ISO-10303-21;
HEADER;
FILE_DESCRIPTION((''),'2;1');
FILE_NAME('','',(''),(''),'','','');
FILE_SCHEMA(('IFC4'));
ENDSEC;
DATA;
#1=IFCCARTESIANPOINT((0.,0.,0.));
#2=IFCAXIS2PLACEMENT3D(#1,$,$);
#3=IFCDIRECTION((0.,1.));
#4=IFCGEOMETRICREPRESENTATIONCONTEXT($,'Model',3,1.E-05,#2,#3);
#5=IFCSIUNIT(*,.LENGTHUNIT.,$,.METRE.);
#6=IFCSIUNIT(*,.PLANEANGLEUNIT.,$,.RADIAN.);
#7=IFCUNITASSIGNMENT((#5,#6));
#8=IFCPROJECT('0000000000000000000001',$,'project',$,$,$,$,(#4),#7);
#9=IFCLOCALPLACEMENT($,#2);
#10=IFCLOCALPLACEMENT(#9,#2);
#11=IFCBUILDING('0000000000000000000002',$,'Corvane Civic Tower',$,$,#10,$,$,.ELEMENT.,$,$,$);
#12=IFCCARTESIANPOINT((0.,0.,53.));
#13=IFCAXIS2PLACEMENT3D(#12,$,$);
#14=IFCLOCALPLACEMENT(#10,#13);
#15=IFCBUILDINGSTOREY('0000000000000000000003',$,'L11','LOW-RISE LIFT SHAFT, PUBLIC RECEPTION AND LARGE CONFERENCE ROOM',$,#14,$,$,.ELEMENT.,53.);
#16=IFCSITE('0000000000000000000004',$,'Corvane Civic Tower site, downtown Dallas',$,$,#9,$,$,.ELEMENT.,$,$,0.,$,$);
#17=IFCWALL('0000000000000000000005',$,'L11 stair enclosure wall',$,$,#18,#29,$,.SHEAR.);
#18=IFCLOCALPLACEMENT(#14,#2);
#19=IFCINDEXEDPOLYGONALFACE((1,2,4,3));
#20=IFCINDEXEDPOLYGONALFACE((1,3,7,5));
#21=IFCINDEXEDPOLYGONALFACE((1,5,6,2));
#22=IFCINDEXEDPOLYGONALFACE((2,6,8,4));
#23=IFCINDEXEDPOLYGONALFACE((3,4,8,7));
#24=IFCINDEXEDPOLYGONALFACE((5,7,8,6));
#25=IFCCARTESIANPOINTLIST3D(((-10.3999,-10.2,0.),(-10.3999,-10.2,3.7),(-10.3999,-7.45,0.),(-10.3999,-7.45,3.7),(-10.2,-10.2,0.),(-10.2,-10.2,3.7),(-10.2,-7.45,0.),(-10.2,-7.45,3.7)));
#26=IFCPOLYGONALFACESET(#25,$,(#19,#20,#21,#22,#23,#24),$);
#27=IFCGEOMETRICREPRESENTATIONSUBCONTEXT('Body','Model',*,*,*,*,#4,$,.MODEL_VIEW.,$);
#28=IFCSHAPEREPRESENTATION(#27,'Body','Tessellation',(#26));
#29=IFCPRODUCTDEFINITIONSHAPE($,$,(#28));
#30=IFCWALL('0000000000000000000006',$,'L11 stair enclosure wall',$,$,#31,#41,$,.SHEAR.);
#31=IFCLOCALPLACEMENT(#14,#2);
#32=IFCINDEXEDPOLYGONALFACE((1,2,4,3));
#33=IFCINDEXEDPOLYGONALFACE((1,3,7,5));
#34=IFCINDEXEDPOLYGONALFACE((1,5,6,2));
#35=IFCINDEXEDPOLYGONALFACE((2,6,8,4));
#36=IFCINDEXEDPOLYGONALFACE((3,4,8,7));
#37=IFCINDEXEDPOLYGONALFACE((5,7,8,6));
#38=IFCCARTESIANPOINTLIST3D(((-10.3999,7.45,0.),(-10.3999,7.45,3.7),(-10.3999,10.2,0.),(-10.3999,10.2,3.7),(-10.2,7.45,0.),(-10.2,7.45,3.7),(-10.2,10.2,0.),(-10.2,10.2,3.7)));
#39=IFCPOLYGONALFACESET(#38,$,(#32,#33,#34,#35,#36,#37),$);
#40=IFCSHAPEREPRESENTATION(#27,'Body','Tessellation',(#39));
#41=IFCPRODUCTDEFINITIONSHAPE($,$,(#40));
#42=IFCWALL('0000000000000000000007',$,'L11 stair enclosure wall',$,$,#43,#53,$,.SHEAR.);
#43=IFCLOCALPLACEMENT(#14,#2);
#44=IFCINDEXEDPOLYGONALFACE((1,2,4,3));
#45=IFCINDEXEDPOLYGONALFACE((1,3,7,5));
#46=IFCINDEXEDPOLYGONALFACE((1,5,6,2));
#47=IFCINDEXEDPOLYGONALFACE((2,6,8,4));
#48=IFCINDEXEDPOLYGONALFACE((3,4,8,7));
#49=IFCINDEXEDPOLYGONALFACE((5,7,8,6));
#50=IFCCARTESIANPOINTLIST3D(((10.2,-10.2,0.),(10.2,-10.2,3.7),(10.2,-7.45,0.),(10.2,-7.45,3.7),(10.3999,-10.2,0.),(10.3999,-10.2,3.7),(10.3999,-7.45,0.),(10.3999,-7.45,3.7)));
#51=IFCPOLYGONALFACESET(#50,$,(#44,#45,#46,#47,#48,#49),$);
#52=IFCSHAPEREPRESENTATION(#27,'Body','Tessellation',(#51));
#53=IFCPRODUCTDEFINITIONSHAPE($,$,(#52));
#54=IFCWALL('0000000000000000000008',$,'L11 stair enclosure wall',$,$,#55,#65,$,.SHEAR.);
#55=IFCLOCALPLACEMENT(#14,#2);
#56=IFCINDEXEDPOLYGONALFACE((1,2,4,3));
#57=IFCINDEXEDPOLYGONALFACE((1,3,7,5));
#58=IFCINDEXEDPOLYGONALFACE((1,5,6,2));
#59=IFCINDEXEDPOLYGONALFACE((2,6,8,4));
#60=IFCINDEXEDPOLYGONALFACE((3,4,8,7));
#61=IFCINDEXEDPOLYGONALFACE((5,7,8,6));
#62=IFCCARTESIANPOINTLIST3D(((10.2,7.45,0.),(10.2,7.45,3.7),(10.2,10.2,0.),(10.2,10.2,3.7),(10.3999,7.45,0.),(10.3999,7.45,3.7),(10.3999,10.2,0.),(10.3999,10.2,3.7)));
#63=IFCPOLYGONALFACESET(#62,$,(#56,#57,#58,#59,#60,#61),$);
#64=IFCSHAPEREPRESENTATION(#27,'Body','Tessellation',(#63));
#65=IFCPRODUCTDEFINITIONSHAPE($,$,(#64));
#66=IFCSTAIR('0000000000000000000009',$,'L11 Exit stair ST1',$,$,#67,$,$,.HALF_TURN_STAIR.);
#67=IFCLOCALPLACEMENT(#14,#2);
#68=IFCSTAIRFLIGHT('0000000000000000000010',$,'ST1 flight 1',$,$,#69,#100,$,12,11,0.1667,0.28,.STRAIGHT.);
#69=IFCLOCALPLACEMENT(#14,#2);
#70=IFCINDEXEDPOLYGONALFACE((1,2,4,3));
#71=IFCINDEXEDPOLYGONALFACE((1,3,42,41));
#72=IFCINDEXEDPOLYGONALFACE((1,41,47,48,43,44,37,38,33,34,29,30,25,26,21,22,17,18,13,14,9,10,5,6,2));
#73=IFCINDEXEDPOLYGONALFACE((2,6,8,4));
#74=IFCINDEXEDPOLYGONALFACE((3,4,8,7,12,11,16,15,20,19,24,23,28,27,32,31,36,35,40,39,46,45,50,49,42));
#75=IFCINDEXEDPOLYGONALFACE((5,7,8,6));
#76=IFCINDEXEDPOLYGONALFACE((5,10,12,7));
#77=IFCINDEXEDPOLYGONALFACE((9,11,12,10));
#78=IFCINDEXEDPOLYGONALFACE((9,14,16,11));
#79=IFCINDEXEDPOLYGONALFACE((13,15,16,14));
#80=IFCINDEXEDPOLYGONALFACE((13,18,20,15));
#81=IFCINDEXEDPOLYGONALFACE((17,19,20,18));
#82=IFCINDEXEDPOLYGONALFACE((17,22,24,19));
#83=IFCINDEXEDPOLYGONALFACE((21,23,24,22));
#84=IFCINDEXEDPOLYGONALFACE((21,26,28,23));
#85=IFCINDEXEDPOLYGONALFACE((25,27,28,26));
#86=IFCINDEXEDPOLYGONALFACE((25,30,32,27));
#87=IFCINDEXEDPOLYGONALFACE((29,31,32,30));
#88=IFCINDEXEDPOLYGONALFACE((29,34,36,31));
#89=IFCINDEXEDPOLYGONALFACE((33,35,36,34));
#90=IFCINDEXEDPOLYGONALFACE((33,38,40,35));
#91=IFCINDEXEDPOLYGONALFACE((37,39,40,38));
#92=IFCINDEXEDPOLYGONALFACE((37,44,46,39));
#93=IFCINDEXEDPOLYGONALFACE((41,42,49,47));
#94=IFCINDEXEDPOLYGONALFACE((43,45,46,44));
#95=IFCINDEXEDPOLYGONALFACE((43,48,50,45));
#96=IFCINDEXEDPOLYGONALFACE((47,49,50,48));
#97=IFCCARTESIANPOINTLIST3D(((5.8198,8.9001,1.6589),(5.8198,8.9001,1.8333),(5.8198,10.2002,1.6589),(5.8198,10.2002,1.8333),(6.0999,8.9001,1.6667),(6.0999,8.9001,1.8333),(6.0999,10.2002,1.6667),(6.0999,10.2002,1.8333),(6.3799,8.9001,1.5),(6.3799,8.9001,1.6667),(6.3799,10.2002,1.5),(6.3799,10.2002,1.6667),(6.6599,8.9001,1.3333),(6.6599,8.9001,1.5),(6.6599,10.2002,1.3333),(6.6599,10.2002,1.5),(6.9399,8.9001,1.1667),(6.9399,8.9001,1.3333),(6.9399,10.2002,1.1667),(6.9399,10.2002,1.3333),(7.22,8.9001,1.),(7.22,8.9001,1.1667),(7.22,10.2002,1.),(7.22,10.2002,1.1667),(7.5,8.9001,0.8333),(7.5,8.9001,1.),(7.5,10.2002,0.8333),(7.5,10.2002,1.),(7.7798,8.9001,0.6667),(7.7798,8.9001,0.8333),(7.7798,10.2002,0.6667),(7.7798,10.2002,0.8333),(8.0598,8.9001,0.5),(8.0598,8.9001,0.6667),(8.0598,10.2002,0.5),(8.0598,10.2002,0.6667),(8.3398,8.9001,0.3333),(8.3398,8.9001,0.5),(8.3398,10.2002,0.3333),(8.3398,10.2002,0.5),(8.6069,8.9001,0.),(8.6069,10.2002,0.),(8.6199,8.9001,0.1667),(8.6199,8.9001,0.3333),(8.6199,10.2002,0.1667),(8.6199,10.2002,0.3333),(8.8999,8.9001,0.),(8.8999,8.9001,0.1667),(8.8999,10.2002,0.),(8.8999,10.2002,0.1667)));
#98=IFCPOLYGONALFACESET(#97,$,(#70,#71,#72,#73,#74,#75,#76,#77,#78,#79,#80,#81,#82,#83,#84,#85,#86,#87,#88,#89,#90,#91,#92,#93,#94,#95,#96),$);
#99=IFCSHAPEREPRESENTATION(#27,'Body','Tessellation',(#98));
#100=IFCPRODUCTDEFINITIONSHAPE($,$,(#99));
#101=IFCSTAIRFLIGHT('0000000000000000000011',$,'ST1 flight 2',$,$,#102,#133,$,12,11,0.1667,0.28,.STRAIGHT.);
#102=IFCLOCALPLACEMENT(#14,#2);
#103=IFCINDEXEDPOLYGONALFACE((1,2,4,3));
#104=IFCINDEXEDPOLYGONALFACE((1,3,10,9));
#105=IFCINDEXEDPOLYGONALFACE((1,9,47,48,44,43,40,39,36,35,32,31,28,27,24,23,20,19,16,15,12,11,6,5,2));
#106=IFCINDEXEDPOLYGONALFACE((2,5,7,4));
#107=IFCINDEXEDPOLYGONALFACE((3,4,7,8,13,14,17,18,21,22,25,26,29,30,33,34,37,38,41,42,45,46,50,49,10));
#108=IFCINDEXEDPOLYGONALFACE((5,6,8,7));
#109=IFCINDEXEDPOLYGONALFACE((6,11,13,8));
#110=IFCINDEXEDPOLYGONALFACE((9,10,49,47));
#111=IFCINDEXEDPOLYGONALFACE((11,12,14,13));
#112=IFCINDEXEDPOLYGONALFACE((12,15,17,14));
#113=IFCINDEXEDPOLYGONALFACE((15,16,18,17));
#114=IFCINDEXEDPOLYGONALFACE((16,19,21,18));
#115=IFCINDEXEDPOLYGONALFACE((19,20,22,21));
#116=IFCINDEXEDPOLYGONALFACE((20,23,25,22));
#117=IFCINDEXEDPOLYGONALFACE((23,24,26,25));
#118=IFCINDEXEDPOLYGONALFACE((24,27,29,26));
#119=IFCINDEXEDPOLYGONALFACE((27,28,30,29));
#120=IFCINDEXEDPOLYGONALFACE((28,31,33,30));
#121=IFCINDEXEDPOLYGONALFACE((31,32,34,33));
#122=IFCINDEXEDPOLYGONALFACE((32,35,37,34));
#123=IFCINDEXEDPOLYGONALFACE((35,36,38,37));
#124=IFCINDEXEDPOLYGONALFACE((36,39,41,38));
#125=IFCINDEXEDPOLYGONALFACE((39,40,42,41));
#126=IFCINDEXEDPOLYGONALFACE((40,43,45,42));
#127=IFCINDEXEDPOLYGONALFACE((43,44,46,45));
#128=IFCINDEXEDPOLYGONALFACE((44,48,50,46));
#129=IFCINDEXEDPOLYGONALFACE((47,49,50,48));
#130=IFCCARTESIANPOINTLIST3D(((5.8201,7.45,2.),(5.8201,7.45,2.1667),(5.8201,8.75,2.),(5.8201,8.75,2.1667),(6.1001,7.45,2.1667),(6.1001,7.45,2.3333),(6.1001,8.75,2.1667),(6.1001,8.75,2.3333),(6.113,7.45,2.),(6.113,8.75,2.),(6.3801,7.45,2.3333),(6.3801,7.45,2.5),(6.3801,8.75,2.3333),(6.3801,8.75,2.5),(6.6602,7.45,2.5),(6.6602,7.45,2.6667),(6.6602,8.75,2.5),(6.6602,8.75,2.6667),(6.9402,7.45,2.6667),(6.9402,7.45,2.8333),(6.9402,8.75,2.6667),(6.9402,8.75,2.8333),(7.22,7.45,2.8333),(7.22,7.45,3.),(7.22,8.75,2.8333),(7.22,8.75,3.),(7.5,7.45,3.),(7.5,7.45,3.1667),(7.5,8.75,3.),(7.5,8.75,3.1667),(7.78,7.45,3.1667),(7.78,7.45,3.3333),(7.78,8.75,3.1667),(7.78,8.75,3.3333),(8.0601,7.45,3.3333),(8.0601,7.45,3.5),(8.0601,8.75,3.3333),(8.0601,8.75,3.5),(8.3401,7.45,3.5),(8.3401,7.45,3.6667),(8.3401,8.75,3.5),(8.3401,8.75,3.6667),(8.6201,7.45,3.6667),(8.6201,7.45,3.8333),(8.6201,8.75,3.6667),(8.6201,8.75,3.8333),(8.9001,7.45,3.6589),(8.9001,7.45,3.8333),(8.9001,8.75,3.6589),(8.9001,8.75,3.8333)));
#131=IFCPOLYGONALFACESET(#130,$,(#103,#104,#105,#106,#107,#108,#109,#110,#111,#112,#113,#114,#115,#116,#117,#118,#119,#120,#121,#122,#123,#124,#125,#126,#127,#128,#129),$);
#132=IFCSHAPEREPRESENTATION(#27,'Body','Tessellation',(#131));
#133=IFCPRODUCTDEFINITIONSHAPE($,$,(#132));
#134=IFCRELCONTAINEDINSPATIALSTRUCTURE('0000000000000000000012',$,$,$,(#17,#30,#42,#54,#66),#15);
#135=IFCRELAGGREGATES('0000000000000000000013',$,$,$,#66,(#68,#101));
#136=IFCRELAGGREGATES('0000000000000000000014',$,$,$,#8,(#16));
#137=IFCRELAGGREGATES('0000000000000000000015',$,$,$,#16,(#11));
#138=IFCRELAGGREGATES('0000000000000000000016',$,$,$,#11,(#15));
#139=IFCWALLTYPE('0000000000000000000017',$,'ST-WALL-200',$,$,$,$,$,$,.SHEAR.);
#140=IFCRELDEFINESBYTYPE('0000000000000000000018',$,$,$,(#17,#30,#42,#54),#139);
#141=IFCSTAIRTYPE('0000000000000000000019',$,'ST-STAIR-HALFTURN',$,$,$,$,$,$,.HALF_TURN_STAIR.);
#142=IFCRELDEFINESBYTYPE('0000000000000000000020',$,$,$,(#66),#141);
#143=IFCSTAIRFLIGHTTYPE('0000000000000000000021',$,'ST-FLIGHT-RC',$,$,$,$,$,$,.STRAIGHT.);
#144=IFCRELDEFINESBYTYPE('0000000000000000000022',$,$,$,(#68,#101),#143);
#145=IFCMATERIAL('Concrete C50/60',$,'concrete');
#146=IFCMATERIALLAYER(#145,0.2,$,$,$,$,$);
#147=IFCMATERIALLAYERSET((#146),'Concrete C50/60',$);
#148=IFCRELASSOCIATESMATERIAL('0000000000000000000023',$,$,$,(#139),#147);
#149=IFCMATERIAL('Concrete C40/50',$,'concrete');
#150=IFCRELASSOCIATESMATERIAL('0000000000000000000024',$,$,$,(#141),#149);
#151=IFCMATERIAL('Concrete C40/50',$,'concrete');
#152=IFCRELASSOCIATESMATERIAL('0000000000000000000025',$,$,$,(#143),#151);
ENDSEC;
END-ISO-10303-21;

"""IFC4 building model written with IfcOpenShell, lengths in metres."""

from ifc_helpers import new_model, si_unit, direction, frame, origin, place, context, subcontext, project, spatial, polyline, outline, extrude, material, layer, layer_set, type_object, element, aggregate, save


model = new_model("IFC4")

# Units and contexts
model_context = context("Model", 3, precision=1e-05, world=origin(), true_north=direction((0.0, 1.0)))
body_context = subcontext(model_context, "Body", "Model", "MODEL_VIEW")
ifc_project = project(units=[si_unit("LENGTHUNIT", "METRE"), si_unit("PLANEANGLEUNIT", "RADIAN")], contexts=[model_context])

# Site, building, storey
site_placement = place(None, origin())
site = spatial("IfcSite", under=ifc_project, at=site_placement, Name="Corvane Civic Tower site, downtown Dallas", CompositionType="ELEMENT", RefElevation=0.0)
building_placement = place(site_placement, origin())
building = spatial("IfcBuilding", under=site, at=building_placement, Name="Corvane Civic Tower", CompositionType="ELEMENT")
storey_placement = place(building_placement, frame((0.0, 0.0, 53.0)))
storey = spatial("IfcBuildingStorey", under=building, at=storey_placement, Name="L11", Description="LOW-RISE LIFT SHAFT, PUBLIC RECEPTION AND LARGE CONFERENCE ROOM", CompositionType="ELEMENT", Elevation=53.0)

# Shared definitions
ifc_material_1 = material(Name="Concrete C50/60", Category="concrete")
ifc_layer_1 = layer(ifc_material_1, 0.2)
ifc_layer_set_1 = layer_set([ifc_layer_1], Name="Concrete C50/60")
wall_type_1 = type_object("IfcWallType", Name="ST-WALL-200", PredefinedType="SHEAR", material=ifc_layer_set_1)

# Walls
wall_1_placement = place(storey_placement, origin())
element("IfcWall", 1, at=wall_1_placement, inside=storey, type_object=wall_type_1, Name="L11 stair enclosure wall", PredefinedType="SHEAR", context=body_context, shape_type="SweptSolid", body=[
    extrude(outline(polyline([(-10.2, -7.45), (-10.2, -10.2), (-10.3999, -10.2), (-10.3999, -7.45), (-10.2, -7.45)])), origin(), (0.0, 0.0, 1.0), 3.7),
])
wall_2_placement = place(storey_placement, origin())
element("IfcWall", 2, at=wall_2_placement, inside=storey, type_object=wall_type_1, Name="L11 stair enclosure wall", PredefinedType="SHEAR", context=body_context, shape_type="SweptSolid", body=[
    extrude(outline(polyline([(-10.2, 7.45), (-10.3999, 7.45), (-10.3999, 10.2), (-10.2, 10.2), (-10.2, 7.45)])), origin(), (0.0, 0.0, 1.0), 3.7),
])
wall_3_placement = place(storey_placement, origin())
element("IfcWall", 3, at=wall_3_placement, inside=storey, type_object=wall_type_1, Name="L11 stair enclosure wall", PredefinedType="SHEAR", context=body_context, shape_type="SweptSolid", body=[
    extrude(outline(polyline([(10.3999, -7.45), (10.3999, -10.2), (10.2, -10.2), (10.2, -7.45), (10.3999, -7.45)])), origin(), (0.0, 0.0, 1.0), 3.7),
])
wall_4_placement = place(storey_placement, origin())
element("IfcWall", 4, at=wall_4_placement, inside=storey, type_object=wall_type_1, Name="L11 stair enclosure wall", PredefinedType="SHEAR", context=body_context, shape_type="SweptSolid", body=[
    extrude(outline(polyline([(10.3999, 7.45), (10.2, 7.45), (10.2, 10.2), (10.3999, 10.2), (10.3999, 7.45)])), origin(), (0.0, 0.0, 1.0), 3.7),
])

# Stair, stair flights
ifc_material_2 = material(Name="Concrete C40/50", Category="concrete")
stair_type = type_object("IfcStairType", Name="ST-STAIR-HALFTURN", PredefinedType="HALF_TURN_STAIR", material=ifc_material_2)
stair_placement = place(storey_placement, origin())
stair = element("IfcStair", 5, at=stair_placement, inside=storey, type_object=stair_type, Name="L11 Exit stair ST1", PredefinedType="HALF_TURN_STAIR")
ifc_material_3 = material(Name="Concrete C40/50", Category="concrete")
stair_flight_type = type_object("IfcStairFlightType", Name="ST-FLIGHT-RC", PredefinedType="STRAIGHT", material=ifc_material_3)
stair_flight_1_placement = place(storey_placement, frame((8.8999, 9.55, 0.0), z_axis=(0.0, 0.0, 1.0), x_axis=(-1.0, 0.0, 0.0)))
stair_flight_1 = element("IfcStairFlight", 6, at=stair_flight_1_placement, type_object=stair_flight_type, Name="ST1 flight 1", NumberOfRisers=12, NumberOfTreads=11, PredefinedType="STRAIGHT", RiserHeight=0.1667, TreadLength=0.28, context=body_context, shape_type="SweptSolid", body=[
    extrude(outline(polyline([(0.0, 0.0), (0.0, 0.1667), (0.28, 0.1667), (0.28, 0.3333), (0.5601, 0.3333), (0.5601, 0.5), (0.8401, 0.5), (0.8401, 0.6667), (1.1201, 0.6667), (1.1201, 0.8333), (1.3999, 0.8333), (1.3999, 1.0), (1.6799, 1.0), (1.6799, 1.1667), (1.96, 1.1667), (1.96, 1.3333), (2.24, 1.3333), (2.24, 1.5), (2.52, 1.5), (2.52, 1.6667), (2.8, 1.6667), (2.8, 1.8333), (3.0801, 1.8333), (3.0801, 2.0), (3.0801, 1.6589), (0.293, 0.0), (0.0, 0.0)])), frame((0.0, 0.6499, 0.0), z_axis=(0.0, -1.0, 0.0), x_axis=(1.0, 0.0, 0.0)), (0.0, 0.0, 1.0), 1.3),
])
stair_flight_2_placement = place(storey_placement, frame((5.8201, 8.1001, 2.0), z_axis=(0.0, 0.0, 1.0), x_axis=(1.0, 0.0, 0.0)))
stair_flight_2 = element("IfcStairFlight", 7, at=stair_flight_2_placement, type_object=stair_flight_type, Name="ST1 flight 2", NumberOfRisers=12, NumberOfTreads=11, PredefinedType="STRAIGHT", RiserHeight=0.1667, TreadLength=0.28, context=body_context, shape_type="SweptSolid", body=[
    extrude(outline(polyline([(0.0, 0.0), (0.0, 0.1667), (0.28, 0.1667), (0.28, 0.3333), (0.5601, 0.3333), (0.5601, 0.5), (0.8401, 0.5), (0.8401, 0.6667), (1.1201, 0.6667), (1.1201, 0.8333), (1.3999, 0.8333), (1.3999, 1.0), (1.6799, 1.0), (1.6799, 1.1667), (1.96, 1.1667), (1.96, 1.3333), (2.24, 1.3333), (2.24, 1.5), (2.52, 1.5), (2.52, 1.6667), (2.8, 1.6667), (2.8, 1.8333), (3.0801, 1.8333), (3.0801, 2.0), (3.0801, 1.6589), (0.293, 0.0), (0.0, 0.0)])), frame((0.0, 0.6499, 0.0), z_axis=(0.0, -1.0, 0.0), x_axis=(1.0, 0.0, 0.0)), (0.0, 0.0, 1.0), 1.3),
])
aggregate(stair, [stair_flight_1, stair_flight_2])

save(model, "model.ifc")
